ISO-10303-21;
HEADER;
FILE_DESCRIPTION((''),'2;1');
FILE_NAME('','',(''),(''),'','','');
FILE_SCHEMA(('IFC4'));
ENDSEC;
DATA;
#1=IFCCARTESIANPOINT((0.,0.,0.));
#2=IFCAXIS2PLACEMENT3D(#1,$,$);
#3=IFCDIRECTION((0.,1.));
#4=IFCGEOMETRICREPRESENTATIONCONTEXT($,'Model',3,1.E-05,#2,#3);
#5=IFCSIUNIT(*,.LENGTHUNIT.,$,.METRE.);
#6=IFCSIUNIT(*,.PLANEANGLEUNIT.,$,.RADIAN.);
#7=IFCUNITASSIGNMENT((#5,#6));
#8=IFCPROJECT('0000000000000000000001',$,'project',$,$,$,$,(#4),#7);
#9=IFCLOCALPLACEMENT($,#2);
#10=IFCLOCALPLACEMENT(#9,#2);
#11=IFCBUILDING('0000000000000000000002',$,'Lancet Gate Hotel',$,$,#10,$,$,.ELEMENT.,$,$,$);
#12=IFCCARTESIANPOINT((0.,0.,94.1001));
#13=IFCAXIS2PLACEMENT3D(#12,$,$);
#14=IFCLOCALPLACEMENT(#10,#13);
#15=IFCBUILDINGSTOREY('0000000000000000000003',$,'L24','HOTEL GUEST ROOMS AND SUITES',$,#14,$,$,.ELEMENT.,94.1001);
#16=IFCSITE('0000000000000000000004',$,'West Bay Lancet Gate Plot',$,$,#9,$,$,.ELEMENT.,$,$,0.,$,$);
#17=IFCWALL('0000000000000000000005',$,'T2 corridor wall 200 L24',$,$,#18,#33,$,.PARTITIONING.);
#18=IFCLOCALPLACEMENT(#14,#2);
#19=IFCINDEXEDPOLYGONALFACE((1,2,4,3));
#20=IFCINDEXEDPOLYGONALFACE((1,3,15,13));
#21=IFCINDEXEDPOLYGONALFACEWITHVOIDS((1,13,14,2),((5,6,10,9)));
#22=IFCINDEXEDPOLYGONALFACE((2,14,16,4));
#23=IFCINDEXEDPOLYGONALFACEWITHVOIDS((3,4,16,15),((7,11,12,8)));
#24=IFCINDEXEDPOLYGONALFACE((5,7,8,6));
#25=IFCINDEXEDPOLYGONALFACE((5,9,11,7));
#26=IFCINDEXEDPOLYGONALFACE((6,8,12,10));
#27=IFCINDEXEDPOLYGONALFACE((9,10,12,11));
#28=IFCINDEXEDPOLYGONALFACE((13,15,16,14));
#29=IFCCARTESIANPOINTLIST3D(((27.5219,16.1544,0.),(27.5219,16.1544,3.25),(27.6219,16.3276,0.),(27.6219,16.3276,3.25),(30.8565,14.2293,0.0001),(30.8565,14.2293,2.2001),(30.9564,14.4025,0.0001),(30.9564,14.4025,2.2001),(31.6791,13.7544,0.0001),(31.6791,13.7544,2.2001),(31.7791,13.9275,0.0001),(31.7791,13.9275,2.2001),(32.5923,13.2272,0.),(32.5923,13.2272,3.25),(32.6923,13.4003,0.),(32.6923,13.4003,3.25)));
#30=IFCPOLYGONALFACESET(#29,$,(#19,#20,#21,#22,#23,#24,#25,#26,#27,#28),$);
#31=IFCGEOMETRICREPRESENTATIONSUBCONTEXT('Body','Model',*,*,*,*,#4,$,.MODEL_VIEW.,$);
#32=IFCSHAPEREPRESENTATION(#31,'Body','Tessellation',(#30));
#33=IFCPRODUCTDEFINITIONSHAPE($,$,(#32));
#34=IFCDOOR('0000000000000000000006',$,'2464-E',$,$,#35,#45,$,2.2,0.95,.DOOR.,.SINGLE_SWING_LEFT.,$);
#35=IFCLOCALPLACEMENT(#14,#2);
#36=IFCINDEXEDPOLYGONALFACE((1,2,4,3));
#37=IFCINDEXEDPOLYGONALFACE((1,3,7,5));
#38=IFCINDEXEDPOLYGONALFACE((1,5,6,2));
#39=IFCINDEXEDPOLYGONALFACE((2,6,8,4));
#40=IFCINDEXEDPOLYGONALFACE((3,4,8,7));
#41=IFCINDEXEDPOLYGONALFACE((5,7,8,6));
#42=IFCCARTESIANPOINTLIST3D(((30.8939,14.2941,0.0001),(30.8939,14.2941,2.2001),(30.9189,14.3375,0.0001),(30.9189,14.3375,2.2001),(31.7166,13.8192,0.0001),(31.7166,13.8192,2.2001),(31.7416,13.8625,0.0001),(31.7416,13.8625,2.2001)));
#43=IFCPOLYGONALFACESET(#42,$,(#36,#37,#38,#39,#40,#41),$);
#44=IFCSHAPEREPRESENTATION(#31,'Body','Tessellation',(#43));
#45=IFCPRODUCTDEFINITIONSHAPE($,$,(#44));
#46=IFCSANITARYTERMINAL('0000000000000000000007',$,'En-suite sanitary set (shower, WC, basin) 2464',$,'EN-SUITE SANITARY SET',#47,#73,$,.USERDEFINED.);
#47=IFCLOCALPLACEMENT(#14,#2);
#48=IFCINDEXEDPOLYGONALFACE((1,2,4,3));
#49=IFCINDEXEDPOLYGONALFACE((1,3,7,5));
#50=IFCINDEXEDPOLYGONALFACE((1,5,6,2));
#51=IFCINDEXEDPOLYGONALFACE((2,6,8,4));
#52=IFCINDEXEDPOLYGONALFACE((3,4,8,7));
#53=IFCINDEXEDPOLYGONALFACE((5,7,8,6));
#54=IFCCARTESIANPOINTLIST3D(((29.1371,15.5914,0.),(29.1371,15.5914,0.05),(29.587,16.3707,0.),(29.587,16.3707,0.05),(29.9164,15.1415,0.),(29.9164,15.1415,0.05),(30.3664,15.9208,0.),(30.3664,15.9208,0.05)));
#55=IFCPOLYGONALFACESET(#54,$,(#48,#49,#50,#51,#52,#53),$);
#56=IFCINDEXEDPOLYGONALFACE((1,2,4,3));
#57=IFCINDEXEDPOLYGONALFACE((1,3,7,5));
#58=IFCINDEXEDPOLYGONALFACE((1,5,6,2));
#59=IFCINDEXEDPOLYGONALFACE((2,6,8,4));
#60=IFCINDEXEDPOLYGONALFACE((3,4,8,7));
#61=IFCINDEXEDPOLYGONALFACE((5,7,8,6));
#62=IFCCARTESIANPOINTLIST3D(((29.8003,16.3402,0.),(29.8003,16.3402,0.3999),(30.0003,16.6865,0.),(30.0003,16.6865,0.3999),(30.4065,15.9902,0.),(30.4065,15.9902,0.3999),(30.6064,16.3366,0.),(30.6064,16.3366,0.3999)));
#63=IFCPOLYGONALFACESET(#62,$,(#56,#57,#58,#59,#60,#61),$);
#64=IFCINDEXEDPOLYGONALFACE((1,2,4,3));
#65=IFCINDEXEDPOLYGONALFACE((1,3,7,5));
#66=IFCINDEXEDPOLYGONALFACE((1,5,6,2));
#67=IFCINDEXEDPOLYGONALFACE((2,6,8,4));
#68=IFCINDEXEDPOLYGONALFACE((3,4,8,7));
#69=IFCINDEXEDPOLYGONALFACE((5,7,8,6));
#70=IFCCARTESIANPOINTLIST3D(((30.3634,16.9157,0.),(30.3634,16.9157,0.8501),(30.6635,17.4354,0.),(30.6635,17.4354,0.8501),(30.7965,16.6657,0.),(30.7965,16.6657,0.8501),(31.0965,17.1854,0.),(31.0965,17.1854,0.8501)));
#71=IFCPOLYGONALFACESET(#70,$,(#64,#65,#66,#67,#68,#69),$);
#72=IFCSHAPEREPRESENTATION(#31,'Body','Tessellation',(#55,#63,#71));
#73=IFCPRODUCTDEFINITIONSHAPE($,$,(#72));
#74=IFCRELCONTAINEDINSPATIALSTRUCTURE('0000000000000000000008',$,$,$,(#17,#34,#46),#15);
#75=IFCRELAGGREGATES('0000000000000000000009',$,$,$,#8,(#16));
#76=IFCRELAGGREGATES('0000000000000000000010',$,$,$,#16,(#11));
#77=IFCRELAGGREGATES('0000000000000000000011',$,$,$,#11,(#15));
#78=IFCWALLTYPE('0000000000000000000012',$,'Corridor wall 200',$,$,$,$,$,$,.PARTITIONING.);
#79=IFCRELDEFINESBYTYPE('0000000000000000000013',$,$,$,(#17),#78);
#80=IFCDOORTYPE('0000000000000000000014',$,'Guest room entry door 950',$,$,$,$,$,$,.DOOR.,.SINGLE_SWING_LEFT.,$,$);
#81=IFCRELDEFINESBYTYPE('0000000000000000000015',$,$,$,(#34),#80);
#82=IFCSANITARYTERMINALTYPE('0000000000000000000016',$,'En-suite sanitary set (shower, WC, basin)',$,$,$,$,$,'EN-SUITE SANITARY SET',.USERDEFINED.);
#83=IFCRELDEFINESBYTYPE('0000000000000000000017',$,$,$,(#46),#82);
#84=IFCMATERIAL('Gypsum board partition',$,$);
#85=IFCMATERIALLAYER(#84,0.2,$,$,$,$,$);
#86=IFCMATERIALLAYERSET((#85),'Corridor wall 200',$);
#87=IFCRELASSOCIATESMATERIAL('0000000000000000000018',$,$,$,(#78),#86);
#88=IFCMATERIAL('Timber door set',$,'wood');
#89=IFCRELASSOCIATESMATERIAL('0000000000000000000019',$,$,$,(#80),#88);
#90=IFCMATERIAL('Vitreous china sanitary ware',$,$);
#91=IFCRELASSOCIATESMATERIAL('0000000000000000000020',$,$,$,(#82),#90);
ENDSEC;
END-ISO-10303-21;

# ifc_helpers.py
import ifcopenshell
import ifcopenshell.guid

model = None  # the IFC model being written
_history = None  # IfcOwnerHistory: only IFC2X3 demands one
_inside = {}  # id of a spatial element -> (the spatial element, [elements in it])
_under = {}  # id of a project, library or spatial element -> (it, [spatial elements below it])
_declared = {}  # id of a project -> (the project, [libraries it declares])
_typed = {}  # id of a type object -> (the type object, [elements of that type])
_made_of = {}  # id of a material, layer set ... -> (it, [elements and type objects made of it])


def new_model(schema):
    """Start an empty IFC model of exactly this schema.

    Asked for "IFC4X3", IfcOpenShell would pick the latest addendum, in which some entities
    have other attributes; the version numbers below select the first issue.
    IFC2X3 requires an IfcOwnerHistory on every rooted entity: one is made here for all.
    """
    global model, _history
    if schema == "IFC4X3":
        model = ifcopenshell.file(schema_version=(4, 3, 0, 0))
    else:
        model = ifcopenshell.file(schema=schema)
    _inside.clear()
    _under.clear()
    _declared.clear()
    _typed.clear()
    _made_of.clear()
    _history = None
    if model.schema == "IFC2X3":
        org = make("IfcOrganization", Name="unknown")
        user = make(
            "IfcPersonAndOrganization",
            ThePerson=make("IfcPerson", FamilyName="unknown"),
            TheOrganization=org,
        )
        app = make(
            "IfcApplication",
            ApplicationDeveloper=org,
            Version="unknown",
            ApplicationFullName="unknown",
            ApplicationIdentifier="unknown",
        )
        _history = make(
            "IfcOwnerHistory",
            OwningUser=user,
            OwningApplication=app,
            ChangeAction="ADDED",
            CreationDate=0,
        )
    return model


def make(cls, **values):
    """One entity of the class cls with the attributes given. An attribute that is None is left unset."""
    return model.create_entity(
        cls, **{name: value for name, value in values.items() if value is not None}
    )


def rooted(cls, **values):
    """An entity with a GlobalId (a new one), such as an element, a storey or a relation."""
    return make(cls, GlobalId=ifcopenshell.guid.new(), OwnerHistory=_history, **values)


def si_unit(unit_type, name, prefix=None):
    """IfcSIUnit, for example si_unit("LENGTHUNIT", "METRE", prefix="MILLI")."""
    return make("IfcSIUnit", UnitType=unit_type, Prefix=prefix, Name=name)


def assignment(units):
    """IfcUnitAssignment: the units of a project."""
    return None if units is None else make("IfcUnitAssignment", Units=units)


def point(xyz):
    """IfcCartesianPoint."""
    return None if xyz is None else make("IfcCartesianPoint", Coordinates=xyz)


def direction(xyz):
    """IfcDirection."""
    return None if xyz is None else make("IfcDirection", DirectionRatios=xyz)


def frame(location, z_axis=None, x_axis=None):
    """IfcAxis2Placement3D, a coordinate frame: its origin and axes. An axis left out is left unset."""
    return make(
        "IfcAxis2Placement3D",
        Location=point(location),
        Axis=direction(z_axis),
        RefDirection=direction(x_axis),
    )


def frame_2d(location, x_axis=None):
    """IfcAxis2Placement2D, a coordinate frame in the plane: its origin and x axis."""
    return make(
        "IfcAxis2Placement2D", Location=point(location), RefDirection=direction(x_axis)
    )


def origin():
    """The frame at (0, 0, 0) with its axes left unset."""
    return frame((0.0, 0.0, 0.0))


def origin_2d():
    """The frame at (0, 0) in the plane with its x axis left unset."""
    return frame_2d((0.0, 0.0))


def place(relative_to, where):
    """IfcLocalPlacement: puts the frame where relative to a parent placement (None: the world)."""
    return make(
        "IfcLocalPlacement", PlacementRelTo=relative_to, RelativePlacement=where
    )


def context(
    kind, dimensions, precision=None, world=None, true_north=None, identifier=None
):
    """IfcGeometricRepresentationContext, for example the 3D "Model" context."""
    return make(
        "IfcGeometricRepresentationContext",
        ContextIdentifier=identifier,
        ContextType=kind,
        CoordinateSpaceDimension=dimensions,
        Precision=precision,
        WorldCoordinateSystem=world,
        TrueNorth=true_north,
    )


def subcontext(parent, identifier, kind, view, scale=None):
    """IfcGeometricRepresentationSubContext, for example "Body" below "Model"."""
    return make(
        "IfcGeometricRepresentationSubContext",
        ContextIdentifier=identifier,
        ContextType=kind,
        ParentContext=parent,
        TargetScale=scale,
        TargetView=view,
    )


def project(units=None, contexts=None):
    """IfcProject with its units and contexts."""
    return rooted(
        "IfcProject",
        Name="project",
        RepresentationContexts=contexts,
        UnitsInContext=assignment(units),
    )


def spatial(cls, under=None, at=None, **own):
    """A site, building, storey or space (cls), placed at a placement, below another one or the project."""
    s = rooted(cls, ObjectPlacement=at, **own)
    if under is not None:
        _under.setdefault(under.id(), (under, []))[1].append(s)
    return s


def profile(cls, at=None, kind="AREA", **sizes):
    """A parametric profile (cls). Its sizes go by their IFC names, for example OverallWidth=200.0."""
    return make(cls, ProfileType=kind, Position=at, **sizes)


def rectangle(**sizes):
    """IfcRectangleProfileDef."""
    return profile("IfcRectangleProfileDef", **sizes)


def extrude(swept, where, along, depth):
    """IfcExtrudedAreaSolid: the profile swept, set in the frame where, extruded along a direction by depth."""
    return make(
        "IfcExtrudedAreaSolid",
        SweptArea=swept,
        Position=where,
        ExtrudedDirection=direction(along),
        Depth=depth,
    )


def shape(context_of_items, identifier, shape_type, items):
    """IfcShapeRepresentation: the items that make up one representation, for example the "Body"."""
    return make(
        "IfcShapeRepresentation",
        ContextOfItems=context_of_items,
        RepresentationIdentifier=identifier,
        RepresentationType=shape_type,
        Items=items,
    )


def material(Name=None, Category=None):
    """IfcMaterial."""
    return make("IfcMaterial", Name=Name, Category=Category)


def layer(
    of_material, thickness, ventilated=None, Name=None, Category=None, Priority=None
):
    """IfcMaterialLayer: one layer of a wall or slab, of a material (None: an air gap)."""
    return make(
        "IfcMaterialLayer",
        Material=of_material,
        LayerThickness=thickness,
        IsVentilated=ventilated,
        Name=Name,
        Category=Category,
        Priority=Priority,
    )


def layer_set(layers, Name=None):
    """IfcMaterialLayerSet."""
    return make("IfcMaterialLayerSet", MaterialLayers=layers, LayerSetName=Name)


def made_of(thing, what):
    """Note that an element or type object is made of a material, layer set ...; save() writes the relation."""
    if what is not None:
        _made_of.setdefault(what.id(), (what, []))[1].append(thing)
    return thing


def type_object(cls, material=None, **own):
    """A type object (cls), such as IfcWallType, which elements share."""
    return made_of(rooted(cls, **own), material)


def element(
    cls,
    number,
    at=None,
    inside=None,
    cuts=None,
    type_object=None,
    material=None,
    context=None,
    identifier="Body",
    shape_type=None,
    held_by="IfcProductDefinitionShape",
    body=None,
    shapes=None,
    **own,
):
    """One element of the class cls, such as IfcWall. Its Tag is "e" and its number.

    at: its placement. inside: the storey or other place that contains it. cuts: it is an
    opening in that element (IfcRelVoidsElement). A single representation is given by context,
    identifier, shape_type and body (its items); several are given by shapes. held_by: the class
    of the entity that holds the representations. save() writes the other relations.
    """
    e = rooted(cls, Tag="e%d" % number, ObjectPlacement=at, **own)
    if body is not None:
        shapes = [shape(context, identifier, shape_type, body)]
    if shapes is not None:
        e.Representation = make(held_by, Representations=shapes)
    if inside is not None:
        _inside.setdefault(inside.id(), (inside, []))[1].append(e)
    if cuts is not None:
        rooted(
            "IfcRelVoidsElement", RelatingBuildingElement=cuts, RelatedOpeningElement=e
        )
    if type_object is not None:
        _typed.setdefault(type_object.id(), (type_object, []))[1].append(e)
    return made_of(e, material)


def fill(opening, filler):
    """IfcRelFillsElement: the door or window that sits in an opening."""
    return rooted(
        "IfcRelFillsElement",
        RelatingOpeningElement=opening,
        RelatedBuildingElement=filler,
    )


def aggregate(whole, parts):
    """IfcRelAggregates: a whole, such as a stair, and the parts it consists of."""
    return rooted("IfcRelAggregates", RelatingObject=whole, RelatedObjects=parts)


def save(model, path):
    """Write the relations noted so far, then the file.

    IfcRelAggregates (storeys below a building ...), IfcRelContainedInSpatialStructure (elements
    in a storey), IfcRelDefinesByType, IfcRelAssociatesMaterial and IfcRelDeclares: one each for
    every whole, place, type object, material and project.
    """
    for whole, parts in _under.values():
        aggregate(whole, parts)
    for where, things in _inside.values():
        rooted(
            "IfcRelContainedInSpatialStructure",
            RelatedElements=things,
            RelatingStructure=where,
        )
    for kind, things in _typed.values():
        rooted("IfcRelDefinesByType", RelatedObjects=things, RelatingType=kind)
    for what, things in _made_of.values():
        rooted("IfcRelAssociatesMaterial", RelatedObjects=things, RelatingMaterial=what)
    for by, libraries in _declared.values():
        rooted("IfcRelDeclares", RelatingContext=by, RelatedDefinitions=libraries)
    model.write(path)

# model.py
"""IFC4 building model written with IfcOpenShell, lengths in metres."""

from ifc_helpers import new_model, si_unit, direction, frame, frame_2d, origin, origin_2d, place, context, subcontext, project, spatial, rectangle, extrude, material, layer, layer_set, type_object, element, fill, save


model = new_model("IFC4")

# Units and contexts
model_context = context("Model", 3, precision=1e-05, world=origin(), true_north=direction((0.0, 1.0)))
body_context = subcontext(model_context, "Body", "Model", "MODEL_VIEW")
ifc_project = project(units=[si_unit("LENGTHUNIT", "METRE"), si_unit("PLANEANGLEUNIT", "RADIAN")], contexts=[model_context])

# Site, building, storey
site_placement = place(None, origin())
site = spatial("IfcSite", under=ifc_project, at=site_placement, Name="West Bay Lancet Gate Plot", CompositionType="ELEMENT", RefElevation=0.0)
building_placement = place(site_placement, origin())
building = spatial("IfcBuilding", under=site, at=building_placement, Name="Lancet Gate Hotel", CompositionType="ELEMENT")
storey_placement = place(building_placement, frame((0.0, 0.0, 94.1001)))
storey = spatial("IfcBuildingStorey", under=building, at=storey_placement, Name="L24", Description="HOTEL GUEST ROOMS AND SUITES", CompositionType="ELEMENT", Elevation=94.1001)

# Wall, opening, door
ifc_material_1 = material(Name="Gypsum board partition")
ifc_layer_1 = layer(ifc_material_1, 0.2)
ifc_layer_set_1 = layer_set([ifc_layer_1], Name="Corridor wall 200")
wall_type_1 = type_object("IfcWallType", Name="Corridor wall 200", PredefinedType="PARTITIONING", material=ifc_layer_set_1)
wall_1_placement = place(storey_placement, frame((27.572, 16.241, 0.0), z_axis=(0.0, 0.0, 1.0), x_axis=(0.866033, -0.499987, 0.0)))
wall_1 = element("IfcWall", 1, at=wall_1_placement, inside=storey, type_object=wall_type_1, Name="T2 corridor wall 200 L24", PredefinedType="PARTITIONING", context=body_context, shape_type="SweptSolid", body=[
    extrude(rectangle(XDim=5.8547, YDim=0.2, at=frame_2d((2.9272, 0.0))), origin(), (0.0, 0.0, 1.0), 3.25),
])
opening_1_placement = place(wall_1_placement, frame((3.8501, 0.0, 0.0)))
opening_1 = element("IfcOpeningElement", 2, at=opening_1_placement, cuts=wall_1, PredefinedType="OPENING", context=body_context, shape_type="SweptSolid", body=[
    extrude(rectangle(XDim=0.95, YDim=2.2, at=frame_2d((0.4751, 1.1001))), frame((0.0, 0.1099, 0.0), z_axis=(0.0, -1.0, 0.0), x_axis=(1.0, 0.0, 0.0)), (0.0, 0.0, 1.0), 0.22),
])
ifc_material_2 = material(Name="Timber door set", Category="wood")
door_type_1 = type_object("IfcDoorType", Name="Guest room entry door 950", OperationType="SINGLE_SWING_LEFT", PredefinedType="DOOR", material=ifc_material_2)
door_1_placement = place(opening_1_placement, origin())
door_1 = element("IfcDoor", 3, at=door_1_placement, inside=storey, type_object=door_type_1, Name="2464-E", OperationType="SINGLE_SWING_LEFT", OverallHeight=2.2, OverallWidth=0.95, PredefinedType="DOOR", context=body_context, shape_type="SweptSolid", body=[
    extrude(rectangle(XDim=0.95, YDim=2.2, at=frame_2d((0.4751, 1.1001))), frame((0.0, 0.0249, 0.0), z_axis=(0.0, -1.0, 0.0), x_axis=(1.0, 0.0, 0.0)), (0.0, 0.0, 1.0), 0.05),
])
fill(opening_1, door_1)

# Sanitary terminal
ifc_material_3 = material(Name="Vitreous china sanitary ware")
sanitary_terminal_type = type_object("IfcSanitaryTerminalType", Name="En-suite sanitary set (shower, WC, basin)", ElementType="EN-SUITE SANITARY SET", PredefinedType="USERDEFINED", material=ifc_material_3)
sanitary_terminal_placement = place(storey_placement, frame((29.7517, 15.7561, 0.0), z_axis=(0.0, 0.0, 1.0), x_axis=(1.0, 0.0, 0.0)))
element("IfcSanitaryTerminal", 4, at=sanitary_terminal_placement, inside=storey, type_object=sanitary_terminal_type, Name="En-suite sanitary set (shower, WC, basin) 2464", ObjectType="EN-SUITE SANITARY SET", PredefinedType="USERDEFINED", context=body_context, shape_type="SweptSolid", body=[
    extrude(rectangle(XDim=0.8999, YDim=0.8999, at=origin_2d()), frame((0.0, 0.0, 0.0), z_axis=(0.0, 0.0, 1.0), x_axis=(-0.5, -0.866025, 0.0)), (0.0, 0.0, 1.0), 0.05),
    extrude(rectangle(XDim=0.3999, YDim=0.7, at=origin_2d()), frame((0.4517, 0.5823, 0.0), z_axis=(0.0, 0.0, 1.0), x_axis=(-0.5, -0.866025, 0.0)), (0.0, 0.0, 1.0), 0.3999),
    extrude(rectangle(XDim=0.6001, YDim=0.5, at=origin_2d()), frame((0.9783, 1.2944, 0.0), z_axis=(0.0, 0.0, 1.0), x_axis=(-0.5, -0.866025, 0.0)), (0.0, 0.0, 1.0), 0.8501),
])

save(model, "model.ifc")
